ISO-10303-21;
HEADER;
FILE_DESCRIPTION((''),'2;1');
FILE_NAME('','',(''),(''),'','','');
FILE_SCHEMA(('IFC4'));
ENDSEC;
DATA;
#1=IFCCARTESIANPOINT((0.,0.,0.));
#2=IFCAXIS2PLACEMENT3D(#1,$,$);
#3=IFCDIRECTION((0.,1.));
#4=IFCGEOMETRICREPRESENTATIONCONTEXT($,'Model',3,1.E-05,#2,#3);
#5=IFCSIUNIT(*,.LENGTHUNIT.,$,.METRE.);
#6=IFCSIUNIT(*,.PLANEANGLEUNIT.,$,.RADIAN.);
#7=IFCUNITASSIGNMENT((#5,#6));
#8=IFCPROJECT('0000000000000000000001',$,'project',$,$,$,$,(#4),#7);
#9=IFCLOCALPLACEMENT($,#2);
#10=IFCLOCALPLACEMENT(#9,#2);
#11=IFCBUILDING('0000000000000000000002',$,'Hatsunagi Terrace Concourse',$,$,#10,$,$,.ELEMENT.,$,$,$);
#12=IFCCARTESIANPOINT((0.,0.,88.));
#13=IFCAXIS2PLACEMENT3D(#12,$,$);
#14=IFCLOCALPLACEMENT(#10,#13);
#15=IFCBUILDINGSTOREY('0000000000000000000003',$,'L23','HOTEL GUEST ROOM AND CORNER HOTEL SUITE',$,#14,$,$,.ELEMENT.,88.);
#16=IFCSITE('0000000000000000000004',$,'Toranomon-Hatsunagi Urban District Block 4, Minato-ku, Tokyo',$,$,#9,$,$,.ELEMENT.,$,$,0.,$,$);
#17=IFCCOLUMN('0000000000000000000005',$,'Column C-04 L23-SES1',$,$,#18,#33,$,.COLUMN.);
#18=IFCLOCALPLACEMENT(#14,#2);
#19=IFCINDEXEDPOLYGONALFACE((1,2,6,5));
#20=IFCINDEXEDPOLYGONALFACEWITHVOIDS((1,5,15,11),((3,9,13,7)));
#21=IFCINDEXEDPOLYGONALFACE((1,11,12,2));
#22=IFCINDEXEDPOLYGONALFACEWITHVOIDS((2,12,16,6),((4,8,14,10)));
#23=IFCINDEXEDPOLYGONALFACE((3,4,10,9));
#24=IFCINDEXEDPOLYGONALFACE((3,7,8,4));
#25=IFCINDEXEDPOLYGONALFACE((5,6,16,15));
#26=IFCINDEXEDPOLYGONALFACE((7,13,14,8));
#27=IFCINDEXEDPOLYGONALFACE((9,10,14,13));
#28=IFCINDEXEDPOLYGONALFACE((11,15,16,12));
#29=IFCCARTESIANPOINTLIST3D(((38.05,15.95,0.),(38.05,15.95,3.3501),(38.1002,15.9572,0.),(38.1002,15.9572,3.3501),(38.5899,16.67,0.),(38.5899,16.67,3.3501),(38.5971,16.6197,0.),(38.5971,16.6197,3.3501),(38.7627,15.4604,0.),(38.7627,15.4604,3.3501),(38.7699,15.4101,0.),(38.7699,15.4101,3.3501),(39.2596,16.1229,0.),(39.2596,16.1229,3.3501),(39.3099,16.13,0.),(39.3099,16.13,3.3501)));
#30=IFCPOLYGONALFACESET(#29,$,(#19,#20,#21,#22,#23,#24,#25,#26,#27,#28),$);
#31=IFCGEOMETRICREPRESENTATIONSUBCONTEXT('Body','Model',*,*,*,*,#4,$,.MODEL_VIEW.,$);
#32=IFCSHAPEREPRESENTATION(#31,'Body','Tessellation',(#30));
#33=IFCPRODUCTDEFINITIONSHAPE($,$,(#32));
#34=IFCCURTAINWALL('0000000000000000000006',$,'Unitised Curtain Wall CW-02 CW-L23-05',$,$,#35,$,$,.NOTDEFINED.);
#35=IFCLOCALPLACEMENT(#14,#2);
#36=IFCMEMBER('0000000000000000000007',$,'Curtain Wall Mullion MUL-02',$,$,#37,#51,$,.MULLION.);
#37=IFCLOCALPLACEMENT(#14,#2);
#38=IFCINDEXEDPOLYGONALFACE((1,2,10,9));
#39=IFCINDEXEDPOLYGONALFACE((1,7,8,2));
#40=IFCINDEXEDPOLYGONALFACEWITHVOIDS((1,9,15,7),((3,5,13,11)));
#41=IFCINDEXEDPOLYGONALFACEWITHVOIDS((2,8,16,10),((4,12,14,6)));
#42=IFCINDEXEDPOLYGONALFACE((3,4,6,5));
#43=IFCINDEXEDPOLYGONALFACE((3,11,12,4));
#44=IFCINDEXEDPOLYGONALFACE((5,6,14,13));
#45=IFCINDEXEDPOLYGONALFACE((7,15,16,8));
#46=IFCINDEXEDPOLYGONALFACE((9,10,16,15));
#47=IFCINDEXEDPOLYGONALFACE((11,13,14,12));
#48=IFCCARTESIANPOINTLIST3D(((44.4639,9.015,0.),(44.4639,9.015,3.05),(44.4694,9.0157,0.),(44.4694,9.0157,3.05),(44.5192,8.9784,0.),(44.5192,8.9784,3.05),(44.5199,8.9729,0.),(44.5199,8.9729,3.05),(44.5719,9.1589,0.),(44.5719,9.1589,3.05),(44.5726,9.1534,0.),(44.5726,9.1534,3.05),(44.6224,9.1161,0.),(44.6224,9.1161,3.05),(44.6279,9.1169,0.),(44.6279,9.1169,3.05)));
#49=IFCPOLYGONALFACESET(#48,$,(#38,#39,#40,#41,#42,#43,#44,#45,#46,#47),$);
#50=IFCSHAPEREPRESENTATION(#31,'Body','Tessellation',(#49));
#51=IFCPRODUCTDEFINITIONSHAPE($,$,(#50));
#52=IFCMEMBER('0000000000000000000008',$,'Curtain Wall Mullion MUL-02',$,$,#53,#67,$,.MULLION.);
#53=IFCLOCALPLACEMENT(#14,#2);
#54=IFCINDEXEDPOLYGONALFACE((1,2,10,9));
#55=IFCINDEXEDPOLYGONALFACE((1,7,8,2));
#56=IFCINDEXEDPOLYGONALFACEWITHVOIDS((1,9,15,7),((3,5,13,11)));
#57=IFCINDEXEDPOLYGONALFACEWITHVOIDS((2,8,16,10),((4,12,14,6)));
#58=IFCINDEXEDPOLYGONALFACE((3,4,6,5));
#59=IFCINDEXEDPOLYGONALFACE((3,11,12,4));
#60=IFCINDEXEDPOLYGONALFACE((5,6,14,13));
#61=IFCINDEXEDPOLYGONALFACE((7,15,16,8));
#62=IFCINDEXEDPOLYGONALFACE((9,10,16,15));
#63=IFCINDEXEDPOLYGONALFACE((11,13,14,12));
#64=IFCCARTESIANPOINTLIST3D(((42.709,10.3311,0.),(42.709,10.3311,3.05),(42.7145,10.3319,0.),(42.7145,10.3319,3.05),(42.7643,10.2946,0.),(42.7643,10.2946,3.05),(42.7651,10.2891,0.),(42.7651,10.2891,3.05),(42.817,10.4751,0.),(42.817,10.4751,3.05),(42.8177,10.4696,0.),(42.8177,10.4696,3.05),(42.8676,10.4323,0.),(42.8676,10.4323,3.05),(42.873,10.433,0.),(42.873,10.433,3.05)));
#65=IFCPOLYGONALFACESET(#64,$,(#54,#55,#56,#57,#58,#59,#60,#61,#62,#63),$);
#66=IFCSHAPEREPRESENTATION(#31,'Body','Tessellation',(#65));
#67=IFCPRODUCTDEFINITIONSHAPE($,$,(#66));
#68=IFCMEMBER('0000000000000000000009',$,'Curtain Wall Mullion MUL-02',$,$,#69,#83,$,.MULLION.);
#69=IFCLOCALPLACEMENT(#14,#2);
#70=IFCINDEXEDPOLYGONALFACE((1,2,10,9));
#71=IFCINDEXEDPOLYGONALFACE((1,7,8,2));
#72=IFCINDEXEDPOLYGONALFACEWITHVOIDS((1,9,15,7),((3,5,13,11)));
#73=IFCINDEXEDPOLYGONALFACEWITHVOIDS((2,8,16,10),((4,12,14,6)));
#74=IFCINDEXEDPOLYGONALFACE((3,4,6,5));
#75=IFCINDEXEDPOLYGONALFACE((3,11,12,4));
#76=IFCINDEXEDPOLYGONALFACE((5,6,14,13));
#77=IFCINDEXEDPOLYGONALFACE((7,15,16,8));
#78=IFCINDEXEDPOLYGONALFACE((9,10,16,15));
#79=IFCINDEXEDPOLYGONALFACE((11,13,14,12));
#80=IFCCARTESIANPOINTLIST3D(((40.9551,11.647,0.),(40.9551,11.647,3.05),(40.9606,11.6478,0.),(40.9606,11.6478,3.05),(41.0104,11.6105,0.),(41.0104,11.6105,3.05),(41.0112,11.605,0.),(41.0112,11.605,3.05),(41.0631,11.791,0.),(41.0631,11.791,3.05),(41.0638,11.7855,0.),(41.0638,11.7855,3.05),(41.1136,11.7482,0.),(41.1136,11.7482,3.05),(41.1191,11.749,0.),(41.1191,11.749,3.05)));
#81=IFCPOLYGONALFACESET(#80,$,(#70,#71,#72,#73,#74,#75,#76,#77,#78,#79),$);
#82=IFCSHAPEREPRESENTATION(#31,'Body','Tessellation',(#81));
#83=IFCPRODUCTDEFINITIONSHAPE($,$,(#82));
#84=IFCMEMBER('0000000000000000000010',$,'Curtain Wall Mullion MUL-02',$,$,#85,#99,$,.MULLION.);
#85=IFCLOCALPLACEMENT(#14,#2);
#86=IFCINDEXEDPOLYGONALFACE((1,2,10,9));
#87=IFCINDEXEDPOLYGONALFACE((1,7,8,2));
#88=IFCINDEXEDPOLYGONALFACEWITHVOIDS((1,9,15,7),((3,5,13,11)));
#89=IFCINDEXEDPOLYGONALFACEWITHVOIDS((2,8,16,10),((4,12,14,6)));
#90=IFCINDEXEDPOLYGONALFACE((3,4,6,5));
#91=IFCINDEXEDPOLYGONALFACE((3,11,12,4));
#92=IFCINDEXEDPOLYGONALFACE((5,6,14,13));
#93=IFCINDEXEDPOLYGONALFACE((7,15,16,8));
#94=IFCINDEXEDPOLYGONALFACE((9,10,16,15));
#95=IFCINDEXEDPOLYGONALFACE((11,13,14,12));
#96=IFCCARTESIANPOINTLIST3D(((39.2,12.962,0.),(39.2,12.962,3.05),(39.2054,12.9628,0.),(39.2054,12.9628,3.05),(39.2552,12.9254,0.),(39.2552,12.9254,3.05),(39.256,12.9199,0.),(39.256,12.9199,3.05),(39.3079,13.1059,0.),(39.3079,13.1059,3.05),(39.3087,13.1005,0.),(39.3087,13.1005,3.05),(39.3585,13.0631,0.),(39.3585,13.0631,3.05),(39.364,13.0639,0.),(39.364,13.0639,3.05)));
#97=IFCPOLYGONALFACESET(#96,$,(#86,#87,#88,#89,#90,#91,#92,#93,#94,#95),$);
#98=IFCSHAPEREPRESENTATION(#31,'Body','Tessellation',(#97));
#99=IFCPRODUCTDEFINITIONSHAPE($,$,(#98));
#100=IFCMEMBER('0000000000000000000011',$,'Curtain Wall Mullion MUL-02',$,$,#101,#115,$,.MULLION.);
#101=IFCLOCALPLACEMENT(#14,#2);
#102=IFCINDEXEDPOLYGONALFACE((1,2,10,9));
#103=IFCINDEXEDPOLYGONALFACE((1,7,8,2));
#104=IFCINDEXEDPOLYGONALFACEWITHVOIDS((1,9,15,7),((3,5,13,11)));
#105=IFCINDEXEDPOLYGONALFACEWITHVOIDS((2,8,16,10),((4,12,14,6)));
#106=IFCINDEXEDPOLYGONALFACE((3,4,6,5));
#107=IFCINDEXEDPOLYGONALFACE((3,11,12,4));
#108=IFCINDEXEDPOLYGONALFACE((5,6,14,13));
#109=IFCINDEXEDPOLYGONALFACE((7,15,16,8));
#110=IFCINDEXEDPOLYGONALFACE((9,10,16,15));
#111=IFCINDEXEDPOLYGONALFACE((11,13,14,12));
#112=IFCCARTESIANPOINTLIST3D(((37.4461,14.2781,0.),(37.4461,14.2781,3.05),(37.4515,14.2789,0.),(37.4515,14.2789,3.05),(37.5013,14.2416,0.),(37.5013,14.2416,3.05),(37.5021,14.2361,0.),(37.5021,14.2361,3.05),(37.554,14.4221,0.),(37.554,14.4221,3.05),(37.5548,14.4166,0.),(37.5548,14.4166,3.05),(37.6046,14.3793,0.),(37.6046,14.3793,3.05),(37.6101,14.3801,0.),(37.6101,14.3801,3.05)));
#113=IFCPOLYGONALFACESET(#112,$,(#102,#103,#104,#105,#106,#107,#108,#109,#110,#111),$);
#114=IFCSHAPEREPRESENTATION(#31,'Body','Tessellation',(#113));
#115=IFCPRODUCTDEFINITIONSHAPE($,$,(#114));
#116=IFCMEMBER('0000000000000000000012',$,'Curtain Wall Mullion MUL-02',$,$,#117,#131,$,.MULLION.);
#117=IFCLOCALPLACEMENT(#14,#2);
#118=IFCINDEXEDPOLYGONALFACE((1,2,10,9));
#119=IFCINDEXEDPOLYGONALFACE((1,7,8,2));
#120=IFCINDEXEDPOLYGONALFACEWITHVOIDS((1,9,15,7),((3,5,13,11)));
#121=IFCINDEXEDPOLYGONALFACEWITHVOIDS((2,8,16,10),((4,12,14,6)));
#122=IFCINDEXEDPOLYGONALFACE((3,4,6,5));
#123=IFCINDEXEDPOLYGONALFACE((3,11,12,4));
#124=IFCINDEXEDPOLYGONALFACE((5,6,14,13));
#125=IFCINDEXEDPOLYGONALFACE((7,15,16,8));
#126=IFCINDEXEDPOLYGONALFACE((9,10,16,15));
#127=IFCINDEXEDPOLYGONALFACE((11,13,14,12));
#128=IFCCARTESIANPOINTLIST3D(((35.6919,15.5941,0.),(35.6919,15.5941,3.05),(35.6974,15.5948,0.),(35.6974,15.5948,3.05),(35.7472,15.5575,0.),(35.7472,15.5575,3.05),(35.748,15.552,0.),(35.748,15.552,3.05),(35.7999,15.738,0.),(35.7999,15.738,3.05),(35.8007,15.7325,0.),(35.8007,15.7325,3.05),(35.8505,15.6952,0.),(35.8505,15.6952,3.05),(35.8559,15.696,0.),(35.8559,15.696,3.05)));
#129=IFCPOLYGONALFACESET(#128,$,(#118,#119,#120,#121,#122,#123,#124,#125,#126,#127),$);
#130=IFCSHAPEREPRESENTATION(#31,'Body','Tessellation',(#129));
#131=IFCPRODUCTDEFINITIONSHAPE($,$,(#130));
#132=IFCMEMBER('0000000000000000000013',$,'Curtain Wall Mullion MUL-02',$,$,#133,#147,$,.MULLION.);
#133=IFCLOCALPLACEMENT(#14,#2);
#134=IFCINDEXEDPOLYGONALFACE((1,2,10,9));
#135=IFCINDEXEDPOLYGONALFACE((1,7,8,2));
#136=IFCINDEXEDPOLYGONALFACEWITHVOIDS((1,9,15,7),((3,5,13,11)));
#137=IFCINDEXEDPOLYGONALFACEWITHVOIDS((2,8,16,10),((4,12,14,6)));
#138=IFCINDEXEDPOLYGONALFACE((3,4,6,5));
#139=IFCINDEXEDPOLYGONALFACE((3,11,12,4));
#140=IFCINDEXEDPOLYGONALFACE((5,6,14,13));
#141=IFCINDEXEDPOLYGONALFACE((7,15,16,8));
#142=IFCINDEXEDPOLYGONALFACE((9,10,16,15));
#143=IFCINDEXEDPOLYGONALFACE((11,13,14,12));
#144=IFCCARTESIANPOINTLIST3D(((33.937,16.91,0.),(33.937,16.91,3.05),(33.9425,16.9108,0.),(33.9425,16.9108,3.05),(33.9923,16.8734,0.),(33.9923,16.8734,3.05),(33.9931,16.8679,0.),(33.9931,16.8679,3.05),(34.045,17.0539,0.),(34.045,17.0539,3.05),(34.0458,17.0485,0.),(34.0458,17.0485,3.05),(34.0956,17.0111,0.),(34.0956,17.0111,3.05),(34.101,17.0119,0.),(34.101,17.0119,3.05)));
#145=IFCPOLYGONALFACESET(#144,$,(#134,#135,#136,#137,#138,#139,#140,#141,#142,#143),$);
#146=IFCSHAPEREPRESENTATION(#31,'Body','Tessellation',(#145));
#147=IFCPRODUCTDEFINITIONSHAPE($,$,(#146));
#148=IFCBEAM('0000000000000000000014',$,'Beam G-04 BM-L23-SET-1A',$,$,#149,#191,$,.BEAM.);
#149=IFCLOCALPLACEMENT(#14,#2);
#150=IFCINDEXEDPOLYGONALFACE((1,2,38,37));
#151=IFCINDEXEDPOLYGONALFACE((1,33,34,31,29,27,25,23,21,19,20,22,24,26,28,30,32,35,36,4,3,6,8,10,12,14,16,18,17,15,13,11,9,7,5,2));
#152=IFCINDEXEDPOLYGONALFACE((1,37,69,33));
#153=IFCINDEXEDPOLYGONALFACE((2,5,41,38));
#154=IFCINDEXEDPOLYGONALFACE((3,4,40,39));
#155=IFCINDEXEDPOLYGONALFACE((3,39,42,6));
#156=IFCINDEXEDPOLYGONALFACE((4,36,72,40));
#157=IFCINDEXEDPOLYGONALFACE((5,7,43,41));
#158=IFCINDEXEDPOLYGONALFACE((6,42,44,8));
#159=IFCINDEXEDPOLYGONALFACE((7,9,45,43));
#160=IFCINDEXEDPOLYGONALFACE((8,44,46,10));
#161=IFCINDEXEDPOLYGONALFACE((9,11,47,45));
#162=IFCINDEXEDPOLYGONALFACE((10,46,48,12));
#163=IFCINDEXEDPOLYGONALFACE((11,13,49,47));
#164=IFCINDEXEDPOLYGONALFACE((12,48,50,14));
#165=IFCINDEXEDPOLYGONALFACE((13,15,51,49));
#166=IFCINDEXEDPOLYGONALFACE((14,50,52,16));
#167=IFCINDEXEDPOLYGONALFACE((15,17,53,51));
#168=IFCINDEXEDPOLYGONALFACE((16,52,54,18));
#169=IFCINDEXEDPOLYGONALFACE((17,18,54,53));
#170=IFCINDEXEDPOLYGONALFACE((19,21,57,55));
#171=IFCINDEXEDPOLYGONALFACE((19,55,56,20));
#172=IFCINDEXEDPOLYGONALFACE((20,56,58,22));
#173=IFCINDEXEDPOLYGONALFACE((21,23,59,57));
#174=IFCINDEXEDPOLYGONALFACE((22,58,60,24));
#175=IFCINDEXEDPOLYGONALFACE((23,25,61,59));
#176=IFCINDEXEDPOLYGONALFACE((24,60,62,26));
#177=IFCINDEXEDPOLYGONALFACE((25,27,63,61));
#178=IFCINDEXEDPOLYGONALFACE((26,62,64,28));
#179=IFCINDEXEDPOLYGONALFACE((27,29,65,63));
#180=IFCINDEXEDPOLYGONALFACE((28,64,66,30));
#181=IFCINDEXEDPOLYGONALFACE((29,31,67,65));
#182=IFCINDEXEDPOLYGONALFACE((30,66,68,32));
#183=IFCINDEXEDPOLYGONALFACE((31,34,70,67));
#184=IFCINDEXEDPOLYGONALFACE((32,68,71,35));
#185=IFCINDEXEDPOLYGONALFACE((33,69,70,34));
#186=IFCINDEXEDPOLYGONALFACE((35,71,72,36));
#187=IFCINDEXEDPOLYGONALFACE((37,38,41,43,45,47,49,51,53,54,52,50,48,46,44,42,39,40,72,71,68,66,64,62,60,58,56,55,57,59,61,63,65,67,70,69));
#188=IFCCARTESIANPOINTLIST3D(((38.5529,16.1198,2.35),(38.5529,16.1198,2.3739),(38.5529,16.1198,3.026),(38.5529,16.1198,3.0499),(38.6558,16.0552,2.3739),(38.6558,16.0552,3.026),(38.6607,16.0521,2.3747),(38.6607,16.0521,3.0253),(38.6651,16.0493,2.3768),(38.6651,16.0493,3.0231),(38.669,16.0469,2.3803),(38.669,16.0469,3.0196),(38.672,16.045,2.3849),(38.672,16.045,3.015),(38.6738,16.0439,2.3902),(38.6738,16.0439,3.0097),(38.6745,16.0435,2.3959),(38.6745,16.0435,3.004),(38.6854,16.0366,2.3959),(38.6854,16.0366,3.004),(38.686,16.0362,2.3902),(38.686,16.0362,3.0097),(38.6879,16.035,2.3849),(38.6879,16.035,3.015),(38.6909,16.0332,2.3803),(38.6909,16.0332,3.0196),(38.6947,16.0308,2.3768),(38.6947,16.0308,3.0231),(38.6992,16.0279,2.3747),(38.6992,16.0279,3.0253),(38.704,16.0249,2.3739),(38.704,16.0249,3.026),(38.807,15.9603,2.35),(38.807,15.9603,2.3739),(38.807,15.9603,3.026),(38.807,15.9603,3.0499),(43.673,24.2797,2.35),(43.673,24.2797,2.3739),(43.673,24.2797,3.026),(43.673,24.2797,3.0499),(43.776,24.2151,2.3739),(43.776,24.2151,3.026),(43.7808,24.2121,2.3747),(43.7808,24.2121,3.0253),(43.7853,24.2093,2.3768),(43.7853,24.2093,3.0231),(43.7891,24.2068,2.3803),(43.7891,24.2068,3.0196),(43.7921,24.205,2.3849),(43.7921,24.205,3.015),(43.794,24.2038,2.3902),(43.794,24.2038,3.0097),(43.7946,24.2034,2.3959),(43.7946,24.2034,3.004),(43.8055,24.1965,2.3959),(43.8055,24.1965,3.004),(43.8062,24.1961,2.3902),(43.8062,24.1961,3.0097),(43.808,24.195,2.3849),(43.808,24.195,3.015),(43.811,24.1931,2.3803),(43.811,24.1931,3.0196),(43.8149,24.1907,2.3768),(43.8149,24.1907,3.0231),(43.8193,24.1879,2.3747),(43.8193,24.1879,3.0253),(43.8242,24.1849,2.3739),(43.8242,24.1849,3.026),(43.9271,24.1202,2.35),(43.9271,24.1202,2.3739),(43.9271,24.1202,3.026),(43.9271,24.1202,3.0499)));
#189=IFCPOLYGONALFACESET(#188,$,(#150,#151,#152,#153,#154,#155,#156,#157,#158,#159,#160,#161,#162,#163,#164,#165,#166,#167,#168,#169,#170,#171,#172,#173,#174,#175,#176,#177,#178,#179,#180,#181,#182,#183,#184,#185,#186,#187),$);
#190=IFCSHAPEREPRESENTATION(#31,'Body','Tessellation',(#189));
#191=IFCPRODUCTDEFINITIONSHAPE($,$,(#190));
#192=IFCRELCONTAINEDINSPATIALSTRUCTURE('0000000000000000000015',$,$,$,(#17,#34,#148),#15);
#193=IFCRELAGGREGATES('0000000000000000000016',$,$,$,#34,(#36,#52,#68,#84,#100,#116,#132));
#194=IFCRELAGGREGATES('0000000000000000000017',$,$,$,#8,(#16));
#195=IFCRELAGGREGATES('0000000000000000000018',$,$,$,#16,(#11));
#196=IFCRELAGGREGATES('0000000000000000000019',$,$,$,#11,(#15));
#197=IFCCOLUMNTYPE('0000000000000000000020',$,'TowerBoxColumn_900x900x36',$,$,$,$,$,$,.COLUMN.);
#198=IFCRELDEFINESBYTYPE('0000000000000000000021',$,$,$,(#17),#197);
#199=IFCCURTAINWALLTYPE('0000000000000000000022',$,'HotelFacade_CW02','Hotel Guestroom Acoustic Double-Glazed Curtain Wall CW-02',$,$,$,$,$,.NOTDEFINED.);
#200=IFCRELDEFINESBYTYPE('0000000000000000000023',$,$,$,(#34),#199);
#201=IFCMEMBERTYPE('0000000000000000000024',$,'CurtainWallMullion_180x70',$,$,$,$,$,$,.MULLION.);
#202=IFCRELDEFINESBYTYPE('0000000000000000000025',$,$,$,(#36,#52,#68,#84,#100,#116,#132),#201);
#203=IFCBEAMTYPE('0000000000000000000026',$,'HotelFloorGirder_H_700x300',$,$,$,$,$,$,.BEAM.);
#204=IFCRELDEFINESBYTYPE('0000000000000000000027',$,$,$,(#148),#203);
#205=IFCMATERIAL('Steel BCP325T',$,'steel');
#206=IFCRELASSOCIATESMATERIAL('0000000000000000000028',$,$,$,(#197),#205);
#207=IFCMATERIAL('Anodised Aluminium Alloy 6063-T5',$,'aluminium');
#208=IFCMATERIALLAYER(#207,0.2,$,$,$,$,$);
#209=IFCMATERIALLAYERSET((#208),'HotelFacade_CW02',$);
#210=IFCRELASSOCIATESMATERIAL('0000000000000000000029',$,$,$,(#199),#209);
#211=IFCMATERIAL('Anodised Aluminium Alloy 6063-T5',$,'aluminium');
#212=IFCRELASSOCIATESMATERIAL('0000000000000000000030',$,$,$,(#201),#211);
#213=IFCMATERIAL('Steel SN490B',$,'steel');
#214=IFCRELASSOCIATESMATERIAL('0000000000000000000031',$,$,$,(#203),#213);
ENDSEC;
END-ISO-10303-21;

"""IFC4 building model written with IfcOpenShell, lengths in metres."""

from ifc_helpers import new_model, si_unit, direction, frame, origin, origin_2d, place, context, subcontext, project, spatial, hollow_rectangle, i_section, extrude, material, layer, layer_set, material_profile, profile_set, type_object, element, aggregate, save


model = new_model("IFC4")

# Units and contexts
model_context = context("Model", 3, precision=1e-05, world=origin(), true_north=direction((0.0, 1.0)))
body_context = subcontext(model_context, "Body", "Model", "MODEL_VIEW")
ifc_project = project(units=[si_unit("LENGTHUNIT", "METRE"), si_unit("PLANEANGLEUNIT", "RADIAN")], contexts=[model_context])

# Site, building, storey
site_placement = place(None, origin())
site = spatial("IfcSite", under=ifc_project, at=site_placement, Name="Toranomon-Hatsunagi Urban District Block 4, Minato-ku, Tokyo", CompositionType="ELEMENT", RefElevation=0.0)
building_placement = place(site_placement, origin())
building = spatial("IfcBuilding", under=site, at=building_placement, Name="Hatsunagi Terrace Concourse", CompositionType="ELEMENT")
storey_placement = place(building_placement, frame((0.0, 0.0, 88.0)))
storey = spatial("IfcBuildingStorey", under=building, at=storey_placement, Name="L23", Description="HOTEL GUEST ROOM AND CORNER HOTEL SUITE", CompositionType="ELEMENT", Elevation=88.0)

# Column
ifc_material_1 = material(Name="Steel BCP325T", Category="steel")
ifc_material_profile_1 = material_profile(ifc_material_1, hollow_rectangle(XDim=0.8999, YDim=0.8999, WallThickness=0.0359, at=origin_2d()), Name="BCP-900x900x36")
ifc_profile_set_1 = profile_set([ifc_material_profile_1], Name="Steel BCP325T")
column_type = type_object("IfcColumnType", Name="TowerBoxColumn_900x900x36", PredefinedType="COLUMN", material=ifc_profile_set_1)
column_placement = place(storey_placement, frame((38.6799, 16.04, 0.0), z_axis=(0.0, 0.0, 1.0), x_axis=(0.8, -0.6, 0.0)))
element("IfcColumn", 1, at=column_placement, inside=storey, type_object=column_type, Name="Column C-04 L23-SES1", PredefinedType="COLUMN", context=body_context, shape_type="SweptSolid", body=[
    extrude(hollow_rectangle(XDim=0.8999, YDim=0.8999, WallThickness=0.0359, at=origin_2d()), origin(), (0.0, 0.0, 1.0), 3.3501),
])

# Curtain wall, members
ifc_material_2 = material(Name="Anodised Aluminium Alloy 6063-T5", Category="aluminium")
ifc_layer_1 = layer(ifc_material_2, 0.2)
ifc_layer_set_1 = layer_set([ifc_layer_1], Name="HotelFacade_CW02")
curtain_wall_type = type_object("IfcCurtainWallType", Name="HotelFacade_CW02", Description="Hotel Guestroom Acoustic Double-Glazed Curtain Wall CW-02", PredefinedType="NOTDEFINED", material=ifc_layer_set_1)
curtain_wall_placement = place(storey_placement, origin())
curtain_wall = element("IfcCurtainWall", 2, at=curtain_wall_placement, inside=storey, type_object=curtain_wall_type, Name="Unitised Curtain Wall CW-02 CW-L23-05", PredefinedType="NOTDEFINED")
ifc_material_3 = material(Name="Anodised Aluminium Alloy 6063-T5", Category="aluminium")
ifc_material_profile_2 = material_profile(ifc_material_3, hollow_rectangle(XDim=0.0701, YDim=0.1799, WallThickness=0.0039, at=origin_2d()), Name="ALU-MUL-180x70x4")
ifc_profile_set_2 = profile_set([ifc_material_profile_2], Name="Anodised Aluminium Alloy 6063-T5")
member_type = type_object("IfcMemberType", Name="CurtainWallMullion_180x70", PredefinedType="MULLION", material=ifc_profile_set_2)
member_1_placement = place(storey_placement, frame((44.5459, 9.0659, 0.0), z_axis=(0.0, 0.0, 1.0), x_axis=(-0.800003, 0.599996, 0.0)))
member_1 = element("IfcMember", 3, at=member_1_placement, type_object=member_type, Name="Curtain Wall Mullion MUL-02", PredefinedType="MULLION", context=body_context, shape_type="SweptSolid", body=[
    extrude(hollow_rectangle(XDim=0.0701, YDim=0.1799, WallThickness=0.0039, at=origin_2d()), origin(), (0.0, 0.0, 1.0), 3.05),
])
member_2_placement = place(storey_placement, frame((42.791, 10.3821, 0.0), z_axis=(0.0, 0.0, 1.0), x_axis=(-0.800003, 0.599996, 0.0)))
member_2 = element("IfcMember", 4, at=member_2_placement, type_object=member_type, Name="Curtain Wall Mullion MUL-02", PredefinedType="MULLION", context=body_context, shape_type="SweptSolid", body=[
    extrude(hollow_rectangle(XDim=0.0701, YDim=0.1799, WallThickness=0.0039, at=origin_2d()), origin(), (0.0, 0.0, 1.0), 3.05),
])
member_3_placement = place(storey_placement, frame((41.0371, 11.698, 0.0), z_axis=(0.0, 0.0, 1.0), x_axis=(-0.800003, 0.599996, 0.0)))
member_3 = element("IfcMember", 5, at=member_3_placement, type_object=member_type, Name="Curtain Wall Mullion MUL-02", PredefinedType="MULLION", context=body_context, shape_type="SweptSolid", body=[
    extrude(hollow_rectangle(XDim=0.0701, YDim=0.1799, WallThickness=0.0039, at=origin_2d()), origin(), (0.0, 0.0, 1.0), 3.05),
])
member_4_placement = place(storey_placement, frame((39.282, 13.0129, 0.0), z_axis=(0.0, 0.0, 1.0), x_axis=(-0.800003, 0.599996, 0.0)))
member_4 = element("IfcMember", 6, at=member_4_placement, type_object=member_type, Name="Curtain Wall Mullion MUL-02", PredefinedType="MULLION", context=body_context, shape_type="SweptSolid", body=[
    extrude(hollow_rectangle(XDim=0.0701, YDim=0.1799, WallThickness=0.0039, at=origin_2d()), origin(), (0.0, 0.0, 1.0), 3.05),
])
member_5_placement = place(storey_placement, frame((37.5281, 14.3291, 0.0), z_axis=(0.0, 0.0, 1.0), x_axis=(-0.800003, 0.599996, 0.0)))
member_5 = element("IfcMember", 7, at=member_5_placement, type_object=member_type, Name="Curtain Wall Mullion MUL-02", PredefinedType="MULLION", context=body_context, shape_type="SweptSolid", body=[
    extrude(hollow_rectangle(XDim=0.0701, YDim=0.1799, WallThickness=0.0039, at=origin_2d()), origin(), (0.0, 0.0, 1.0), 3.05),
])
member_6_placement = place(storey_placement, frame((35.7739, 15.645, 0.0), z_axis=(0.0, 0.0, 1.0), x_axis=(-0.800003, 0.599996, 0.0)))
member_6 = element("IfcMember", 8, at=member_6_placement, type_object=member_type, Name="Curtain Wall Mullion MUL-02", PredefinedType="MULLION", context=body_context, shape_type="SweptSolid", body=[
    extrude(hollow_rectangle(XDim=0.0701, YDim=0.1799, WallThickness=0.0039, at=origin_2d()), origin(), (0.0, 0.0, 1.0), 3.05),
])
member_7_placement = place(storey_placement, frame((34.019, 16.9609, 0.0), z_axis=(0.0, 0.0, 1.0), x_axis=(-0.800003, 0.599996, 0.0)))
member_7 = element("IfcMember", 9, at=member_7_placement, type_object=member_type, Name="Curtain Wall Mullion MUL-02", PredefinedType="MULLION", context=body_context, shape_type="SweptSolid", body=[
    extrude(hollow_rectangle(XDim=0.0701, YDim=0.1799, WallThickness=0.0039, at=origin_2d()), origin(), (0.0, 0.0, 1.0), 3.05),
])

# Beam
ifc_material_4 = material(Name="Steel SN490B", Category="steel")
ifc_material_profile_3 = material_profile(ifc_material_4, i_section(OverallWidth=0.3, OverallDepth=0.7, WebThickness=0.0129, FlangeThickness=0.0239, FilletRadius=0.022, at=origin_2d()), Name="H-700x300x13x24")
ifc_profile_set_3 = profile_set([ifc_material_profile_3], Name="Steel SN490B")
beam_type_1 = type_object("IfcBeamType", Name="HotelFloorGirder_H_700x300", PredefinedType="BEAM", material=ifc_profile_set_3)
beam_1_placement = place(storey_placement, frame((38.6799, 16.04, 2.7), z_axis=(0.531504, 0.847056, 0.0), x_axis=(-0.847056, 0.531504, 0.0)))
element("IfcBeam", 10, at=beam_1_placement, inside=storey, type_object=beam_type_1, Name="Beam G-04 BM-L23-SET-1A", PredefinedType="BEAM", context=body_context, shape_type="SweptSolid", body=[
    extrude(i_section(OverallWidth=0.3, OverallDepth=0.7, WebThickness=0.0129, FlangeThickness=0.0239, FilletRadius=0.022, at=origin_2d()), origin(), (0.0, 0.0, 1.0), 9.6333),
])

aggregate(curtain_wall, [member_1, member_2, member_3, member_4, member_5, member_6, member_7])

save(model, "model.ifc")
